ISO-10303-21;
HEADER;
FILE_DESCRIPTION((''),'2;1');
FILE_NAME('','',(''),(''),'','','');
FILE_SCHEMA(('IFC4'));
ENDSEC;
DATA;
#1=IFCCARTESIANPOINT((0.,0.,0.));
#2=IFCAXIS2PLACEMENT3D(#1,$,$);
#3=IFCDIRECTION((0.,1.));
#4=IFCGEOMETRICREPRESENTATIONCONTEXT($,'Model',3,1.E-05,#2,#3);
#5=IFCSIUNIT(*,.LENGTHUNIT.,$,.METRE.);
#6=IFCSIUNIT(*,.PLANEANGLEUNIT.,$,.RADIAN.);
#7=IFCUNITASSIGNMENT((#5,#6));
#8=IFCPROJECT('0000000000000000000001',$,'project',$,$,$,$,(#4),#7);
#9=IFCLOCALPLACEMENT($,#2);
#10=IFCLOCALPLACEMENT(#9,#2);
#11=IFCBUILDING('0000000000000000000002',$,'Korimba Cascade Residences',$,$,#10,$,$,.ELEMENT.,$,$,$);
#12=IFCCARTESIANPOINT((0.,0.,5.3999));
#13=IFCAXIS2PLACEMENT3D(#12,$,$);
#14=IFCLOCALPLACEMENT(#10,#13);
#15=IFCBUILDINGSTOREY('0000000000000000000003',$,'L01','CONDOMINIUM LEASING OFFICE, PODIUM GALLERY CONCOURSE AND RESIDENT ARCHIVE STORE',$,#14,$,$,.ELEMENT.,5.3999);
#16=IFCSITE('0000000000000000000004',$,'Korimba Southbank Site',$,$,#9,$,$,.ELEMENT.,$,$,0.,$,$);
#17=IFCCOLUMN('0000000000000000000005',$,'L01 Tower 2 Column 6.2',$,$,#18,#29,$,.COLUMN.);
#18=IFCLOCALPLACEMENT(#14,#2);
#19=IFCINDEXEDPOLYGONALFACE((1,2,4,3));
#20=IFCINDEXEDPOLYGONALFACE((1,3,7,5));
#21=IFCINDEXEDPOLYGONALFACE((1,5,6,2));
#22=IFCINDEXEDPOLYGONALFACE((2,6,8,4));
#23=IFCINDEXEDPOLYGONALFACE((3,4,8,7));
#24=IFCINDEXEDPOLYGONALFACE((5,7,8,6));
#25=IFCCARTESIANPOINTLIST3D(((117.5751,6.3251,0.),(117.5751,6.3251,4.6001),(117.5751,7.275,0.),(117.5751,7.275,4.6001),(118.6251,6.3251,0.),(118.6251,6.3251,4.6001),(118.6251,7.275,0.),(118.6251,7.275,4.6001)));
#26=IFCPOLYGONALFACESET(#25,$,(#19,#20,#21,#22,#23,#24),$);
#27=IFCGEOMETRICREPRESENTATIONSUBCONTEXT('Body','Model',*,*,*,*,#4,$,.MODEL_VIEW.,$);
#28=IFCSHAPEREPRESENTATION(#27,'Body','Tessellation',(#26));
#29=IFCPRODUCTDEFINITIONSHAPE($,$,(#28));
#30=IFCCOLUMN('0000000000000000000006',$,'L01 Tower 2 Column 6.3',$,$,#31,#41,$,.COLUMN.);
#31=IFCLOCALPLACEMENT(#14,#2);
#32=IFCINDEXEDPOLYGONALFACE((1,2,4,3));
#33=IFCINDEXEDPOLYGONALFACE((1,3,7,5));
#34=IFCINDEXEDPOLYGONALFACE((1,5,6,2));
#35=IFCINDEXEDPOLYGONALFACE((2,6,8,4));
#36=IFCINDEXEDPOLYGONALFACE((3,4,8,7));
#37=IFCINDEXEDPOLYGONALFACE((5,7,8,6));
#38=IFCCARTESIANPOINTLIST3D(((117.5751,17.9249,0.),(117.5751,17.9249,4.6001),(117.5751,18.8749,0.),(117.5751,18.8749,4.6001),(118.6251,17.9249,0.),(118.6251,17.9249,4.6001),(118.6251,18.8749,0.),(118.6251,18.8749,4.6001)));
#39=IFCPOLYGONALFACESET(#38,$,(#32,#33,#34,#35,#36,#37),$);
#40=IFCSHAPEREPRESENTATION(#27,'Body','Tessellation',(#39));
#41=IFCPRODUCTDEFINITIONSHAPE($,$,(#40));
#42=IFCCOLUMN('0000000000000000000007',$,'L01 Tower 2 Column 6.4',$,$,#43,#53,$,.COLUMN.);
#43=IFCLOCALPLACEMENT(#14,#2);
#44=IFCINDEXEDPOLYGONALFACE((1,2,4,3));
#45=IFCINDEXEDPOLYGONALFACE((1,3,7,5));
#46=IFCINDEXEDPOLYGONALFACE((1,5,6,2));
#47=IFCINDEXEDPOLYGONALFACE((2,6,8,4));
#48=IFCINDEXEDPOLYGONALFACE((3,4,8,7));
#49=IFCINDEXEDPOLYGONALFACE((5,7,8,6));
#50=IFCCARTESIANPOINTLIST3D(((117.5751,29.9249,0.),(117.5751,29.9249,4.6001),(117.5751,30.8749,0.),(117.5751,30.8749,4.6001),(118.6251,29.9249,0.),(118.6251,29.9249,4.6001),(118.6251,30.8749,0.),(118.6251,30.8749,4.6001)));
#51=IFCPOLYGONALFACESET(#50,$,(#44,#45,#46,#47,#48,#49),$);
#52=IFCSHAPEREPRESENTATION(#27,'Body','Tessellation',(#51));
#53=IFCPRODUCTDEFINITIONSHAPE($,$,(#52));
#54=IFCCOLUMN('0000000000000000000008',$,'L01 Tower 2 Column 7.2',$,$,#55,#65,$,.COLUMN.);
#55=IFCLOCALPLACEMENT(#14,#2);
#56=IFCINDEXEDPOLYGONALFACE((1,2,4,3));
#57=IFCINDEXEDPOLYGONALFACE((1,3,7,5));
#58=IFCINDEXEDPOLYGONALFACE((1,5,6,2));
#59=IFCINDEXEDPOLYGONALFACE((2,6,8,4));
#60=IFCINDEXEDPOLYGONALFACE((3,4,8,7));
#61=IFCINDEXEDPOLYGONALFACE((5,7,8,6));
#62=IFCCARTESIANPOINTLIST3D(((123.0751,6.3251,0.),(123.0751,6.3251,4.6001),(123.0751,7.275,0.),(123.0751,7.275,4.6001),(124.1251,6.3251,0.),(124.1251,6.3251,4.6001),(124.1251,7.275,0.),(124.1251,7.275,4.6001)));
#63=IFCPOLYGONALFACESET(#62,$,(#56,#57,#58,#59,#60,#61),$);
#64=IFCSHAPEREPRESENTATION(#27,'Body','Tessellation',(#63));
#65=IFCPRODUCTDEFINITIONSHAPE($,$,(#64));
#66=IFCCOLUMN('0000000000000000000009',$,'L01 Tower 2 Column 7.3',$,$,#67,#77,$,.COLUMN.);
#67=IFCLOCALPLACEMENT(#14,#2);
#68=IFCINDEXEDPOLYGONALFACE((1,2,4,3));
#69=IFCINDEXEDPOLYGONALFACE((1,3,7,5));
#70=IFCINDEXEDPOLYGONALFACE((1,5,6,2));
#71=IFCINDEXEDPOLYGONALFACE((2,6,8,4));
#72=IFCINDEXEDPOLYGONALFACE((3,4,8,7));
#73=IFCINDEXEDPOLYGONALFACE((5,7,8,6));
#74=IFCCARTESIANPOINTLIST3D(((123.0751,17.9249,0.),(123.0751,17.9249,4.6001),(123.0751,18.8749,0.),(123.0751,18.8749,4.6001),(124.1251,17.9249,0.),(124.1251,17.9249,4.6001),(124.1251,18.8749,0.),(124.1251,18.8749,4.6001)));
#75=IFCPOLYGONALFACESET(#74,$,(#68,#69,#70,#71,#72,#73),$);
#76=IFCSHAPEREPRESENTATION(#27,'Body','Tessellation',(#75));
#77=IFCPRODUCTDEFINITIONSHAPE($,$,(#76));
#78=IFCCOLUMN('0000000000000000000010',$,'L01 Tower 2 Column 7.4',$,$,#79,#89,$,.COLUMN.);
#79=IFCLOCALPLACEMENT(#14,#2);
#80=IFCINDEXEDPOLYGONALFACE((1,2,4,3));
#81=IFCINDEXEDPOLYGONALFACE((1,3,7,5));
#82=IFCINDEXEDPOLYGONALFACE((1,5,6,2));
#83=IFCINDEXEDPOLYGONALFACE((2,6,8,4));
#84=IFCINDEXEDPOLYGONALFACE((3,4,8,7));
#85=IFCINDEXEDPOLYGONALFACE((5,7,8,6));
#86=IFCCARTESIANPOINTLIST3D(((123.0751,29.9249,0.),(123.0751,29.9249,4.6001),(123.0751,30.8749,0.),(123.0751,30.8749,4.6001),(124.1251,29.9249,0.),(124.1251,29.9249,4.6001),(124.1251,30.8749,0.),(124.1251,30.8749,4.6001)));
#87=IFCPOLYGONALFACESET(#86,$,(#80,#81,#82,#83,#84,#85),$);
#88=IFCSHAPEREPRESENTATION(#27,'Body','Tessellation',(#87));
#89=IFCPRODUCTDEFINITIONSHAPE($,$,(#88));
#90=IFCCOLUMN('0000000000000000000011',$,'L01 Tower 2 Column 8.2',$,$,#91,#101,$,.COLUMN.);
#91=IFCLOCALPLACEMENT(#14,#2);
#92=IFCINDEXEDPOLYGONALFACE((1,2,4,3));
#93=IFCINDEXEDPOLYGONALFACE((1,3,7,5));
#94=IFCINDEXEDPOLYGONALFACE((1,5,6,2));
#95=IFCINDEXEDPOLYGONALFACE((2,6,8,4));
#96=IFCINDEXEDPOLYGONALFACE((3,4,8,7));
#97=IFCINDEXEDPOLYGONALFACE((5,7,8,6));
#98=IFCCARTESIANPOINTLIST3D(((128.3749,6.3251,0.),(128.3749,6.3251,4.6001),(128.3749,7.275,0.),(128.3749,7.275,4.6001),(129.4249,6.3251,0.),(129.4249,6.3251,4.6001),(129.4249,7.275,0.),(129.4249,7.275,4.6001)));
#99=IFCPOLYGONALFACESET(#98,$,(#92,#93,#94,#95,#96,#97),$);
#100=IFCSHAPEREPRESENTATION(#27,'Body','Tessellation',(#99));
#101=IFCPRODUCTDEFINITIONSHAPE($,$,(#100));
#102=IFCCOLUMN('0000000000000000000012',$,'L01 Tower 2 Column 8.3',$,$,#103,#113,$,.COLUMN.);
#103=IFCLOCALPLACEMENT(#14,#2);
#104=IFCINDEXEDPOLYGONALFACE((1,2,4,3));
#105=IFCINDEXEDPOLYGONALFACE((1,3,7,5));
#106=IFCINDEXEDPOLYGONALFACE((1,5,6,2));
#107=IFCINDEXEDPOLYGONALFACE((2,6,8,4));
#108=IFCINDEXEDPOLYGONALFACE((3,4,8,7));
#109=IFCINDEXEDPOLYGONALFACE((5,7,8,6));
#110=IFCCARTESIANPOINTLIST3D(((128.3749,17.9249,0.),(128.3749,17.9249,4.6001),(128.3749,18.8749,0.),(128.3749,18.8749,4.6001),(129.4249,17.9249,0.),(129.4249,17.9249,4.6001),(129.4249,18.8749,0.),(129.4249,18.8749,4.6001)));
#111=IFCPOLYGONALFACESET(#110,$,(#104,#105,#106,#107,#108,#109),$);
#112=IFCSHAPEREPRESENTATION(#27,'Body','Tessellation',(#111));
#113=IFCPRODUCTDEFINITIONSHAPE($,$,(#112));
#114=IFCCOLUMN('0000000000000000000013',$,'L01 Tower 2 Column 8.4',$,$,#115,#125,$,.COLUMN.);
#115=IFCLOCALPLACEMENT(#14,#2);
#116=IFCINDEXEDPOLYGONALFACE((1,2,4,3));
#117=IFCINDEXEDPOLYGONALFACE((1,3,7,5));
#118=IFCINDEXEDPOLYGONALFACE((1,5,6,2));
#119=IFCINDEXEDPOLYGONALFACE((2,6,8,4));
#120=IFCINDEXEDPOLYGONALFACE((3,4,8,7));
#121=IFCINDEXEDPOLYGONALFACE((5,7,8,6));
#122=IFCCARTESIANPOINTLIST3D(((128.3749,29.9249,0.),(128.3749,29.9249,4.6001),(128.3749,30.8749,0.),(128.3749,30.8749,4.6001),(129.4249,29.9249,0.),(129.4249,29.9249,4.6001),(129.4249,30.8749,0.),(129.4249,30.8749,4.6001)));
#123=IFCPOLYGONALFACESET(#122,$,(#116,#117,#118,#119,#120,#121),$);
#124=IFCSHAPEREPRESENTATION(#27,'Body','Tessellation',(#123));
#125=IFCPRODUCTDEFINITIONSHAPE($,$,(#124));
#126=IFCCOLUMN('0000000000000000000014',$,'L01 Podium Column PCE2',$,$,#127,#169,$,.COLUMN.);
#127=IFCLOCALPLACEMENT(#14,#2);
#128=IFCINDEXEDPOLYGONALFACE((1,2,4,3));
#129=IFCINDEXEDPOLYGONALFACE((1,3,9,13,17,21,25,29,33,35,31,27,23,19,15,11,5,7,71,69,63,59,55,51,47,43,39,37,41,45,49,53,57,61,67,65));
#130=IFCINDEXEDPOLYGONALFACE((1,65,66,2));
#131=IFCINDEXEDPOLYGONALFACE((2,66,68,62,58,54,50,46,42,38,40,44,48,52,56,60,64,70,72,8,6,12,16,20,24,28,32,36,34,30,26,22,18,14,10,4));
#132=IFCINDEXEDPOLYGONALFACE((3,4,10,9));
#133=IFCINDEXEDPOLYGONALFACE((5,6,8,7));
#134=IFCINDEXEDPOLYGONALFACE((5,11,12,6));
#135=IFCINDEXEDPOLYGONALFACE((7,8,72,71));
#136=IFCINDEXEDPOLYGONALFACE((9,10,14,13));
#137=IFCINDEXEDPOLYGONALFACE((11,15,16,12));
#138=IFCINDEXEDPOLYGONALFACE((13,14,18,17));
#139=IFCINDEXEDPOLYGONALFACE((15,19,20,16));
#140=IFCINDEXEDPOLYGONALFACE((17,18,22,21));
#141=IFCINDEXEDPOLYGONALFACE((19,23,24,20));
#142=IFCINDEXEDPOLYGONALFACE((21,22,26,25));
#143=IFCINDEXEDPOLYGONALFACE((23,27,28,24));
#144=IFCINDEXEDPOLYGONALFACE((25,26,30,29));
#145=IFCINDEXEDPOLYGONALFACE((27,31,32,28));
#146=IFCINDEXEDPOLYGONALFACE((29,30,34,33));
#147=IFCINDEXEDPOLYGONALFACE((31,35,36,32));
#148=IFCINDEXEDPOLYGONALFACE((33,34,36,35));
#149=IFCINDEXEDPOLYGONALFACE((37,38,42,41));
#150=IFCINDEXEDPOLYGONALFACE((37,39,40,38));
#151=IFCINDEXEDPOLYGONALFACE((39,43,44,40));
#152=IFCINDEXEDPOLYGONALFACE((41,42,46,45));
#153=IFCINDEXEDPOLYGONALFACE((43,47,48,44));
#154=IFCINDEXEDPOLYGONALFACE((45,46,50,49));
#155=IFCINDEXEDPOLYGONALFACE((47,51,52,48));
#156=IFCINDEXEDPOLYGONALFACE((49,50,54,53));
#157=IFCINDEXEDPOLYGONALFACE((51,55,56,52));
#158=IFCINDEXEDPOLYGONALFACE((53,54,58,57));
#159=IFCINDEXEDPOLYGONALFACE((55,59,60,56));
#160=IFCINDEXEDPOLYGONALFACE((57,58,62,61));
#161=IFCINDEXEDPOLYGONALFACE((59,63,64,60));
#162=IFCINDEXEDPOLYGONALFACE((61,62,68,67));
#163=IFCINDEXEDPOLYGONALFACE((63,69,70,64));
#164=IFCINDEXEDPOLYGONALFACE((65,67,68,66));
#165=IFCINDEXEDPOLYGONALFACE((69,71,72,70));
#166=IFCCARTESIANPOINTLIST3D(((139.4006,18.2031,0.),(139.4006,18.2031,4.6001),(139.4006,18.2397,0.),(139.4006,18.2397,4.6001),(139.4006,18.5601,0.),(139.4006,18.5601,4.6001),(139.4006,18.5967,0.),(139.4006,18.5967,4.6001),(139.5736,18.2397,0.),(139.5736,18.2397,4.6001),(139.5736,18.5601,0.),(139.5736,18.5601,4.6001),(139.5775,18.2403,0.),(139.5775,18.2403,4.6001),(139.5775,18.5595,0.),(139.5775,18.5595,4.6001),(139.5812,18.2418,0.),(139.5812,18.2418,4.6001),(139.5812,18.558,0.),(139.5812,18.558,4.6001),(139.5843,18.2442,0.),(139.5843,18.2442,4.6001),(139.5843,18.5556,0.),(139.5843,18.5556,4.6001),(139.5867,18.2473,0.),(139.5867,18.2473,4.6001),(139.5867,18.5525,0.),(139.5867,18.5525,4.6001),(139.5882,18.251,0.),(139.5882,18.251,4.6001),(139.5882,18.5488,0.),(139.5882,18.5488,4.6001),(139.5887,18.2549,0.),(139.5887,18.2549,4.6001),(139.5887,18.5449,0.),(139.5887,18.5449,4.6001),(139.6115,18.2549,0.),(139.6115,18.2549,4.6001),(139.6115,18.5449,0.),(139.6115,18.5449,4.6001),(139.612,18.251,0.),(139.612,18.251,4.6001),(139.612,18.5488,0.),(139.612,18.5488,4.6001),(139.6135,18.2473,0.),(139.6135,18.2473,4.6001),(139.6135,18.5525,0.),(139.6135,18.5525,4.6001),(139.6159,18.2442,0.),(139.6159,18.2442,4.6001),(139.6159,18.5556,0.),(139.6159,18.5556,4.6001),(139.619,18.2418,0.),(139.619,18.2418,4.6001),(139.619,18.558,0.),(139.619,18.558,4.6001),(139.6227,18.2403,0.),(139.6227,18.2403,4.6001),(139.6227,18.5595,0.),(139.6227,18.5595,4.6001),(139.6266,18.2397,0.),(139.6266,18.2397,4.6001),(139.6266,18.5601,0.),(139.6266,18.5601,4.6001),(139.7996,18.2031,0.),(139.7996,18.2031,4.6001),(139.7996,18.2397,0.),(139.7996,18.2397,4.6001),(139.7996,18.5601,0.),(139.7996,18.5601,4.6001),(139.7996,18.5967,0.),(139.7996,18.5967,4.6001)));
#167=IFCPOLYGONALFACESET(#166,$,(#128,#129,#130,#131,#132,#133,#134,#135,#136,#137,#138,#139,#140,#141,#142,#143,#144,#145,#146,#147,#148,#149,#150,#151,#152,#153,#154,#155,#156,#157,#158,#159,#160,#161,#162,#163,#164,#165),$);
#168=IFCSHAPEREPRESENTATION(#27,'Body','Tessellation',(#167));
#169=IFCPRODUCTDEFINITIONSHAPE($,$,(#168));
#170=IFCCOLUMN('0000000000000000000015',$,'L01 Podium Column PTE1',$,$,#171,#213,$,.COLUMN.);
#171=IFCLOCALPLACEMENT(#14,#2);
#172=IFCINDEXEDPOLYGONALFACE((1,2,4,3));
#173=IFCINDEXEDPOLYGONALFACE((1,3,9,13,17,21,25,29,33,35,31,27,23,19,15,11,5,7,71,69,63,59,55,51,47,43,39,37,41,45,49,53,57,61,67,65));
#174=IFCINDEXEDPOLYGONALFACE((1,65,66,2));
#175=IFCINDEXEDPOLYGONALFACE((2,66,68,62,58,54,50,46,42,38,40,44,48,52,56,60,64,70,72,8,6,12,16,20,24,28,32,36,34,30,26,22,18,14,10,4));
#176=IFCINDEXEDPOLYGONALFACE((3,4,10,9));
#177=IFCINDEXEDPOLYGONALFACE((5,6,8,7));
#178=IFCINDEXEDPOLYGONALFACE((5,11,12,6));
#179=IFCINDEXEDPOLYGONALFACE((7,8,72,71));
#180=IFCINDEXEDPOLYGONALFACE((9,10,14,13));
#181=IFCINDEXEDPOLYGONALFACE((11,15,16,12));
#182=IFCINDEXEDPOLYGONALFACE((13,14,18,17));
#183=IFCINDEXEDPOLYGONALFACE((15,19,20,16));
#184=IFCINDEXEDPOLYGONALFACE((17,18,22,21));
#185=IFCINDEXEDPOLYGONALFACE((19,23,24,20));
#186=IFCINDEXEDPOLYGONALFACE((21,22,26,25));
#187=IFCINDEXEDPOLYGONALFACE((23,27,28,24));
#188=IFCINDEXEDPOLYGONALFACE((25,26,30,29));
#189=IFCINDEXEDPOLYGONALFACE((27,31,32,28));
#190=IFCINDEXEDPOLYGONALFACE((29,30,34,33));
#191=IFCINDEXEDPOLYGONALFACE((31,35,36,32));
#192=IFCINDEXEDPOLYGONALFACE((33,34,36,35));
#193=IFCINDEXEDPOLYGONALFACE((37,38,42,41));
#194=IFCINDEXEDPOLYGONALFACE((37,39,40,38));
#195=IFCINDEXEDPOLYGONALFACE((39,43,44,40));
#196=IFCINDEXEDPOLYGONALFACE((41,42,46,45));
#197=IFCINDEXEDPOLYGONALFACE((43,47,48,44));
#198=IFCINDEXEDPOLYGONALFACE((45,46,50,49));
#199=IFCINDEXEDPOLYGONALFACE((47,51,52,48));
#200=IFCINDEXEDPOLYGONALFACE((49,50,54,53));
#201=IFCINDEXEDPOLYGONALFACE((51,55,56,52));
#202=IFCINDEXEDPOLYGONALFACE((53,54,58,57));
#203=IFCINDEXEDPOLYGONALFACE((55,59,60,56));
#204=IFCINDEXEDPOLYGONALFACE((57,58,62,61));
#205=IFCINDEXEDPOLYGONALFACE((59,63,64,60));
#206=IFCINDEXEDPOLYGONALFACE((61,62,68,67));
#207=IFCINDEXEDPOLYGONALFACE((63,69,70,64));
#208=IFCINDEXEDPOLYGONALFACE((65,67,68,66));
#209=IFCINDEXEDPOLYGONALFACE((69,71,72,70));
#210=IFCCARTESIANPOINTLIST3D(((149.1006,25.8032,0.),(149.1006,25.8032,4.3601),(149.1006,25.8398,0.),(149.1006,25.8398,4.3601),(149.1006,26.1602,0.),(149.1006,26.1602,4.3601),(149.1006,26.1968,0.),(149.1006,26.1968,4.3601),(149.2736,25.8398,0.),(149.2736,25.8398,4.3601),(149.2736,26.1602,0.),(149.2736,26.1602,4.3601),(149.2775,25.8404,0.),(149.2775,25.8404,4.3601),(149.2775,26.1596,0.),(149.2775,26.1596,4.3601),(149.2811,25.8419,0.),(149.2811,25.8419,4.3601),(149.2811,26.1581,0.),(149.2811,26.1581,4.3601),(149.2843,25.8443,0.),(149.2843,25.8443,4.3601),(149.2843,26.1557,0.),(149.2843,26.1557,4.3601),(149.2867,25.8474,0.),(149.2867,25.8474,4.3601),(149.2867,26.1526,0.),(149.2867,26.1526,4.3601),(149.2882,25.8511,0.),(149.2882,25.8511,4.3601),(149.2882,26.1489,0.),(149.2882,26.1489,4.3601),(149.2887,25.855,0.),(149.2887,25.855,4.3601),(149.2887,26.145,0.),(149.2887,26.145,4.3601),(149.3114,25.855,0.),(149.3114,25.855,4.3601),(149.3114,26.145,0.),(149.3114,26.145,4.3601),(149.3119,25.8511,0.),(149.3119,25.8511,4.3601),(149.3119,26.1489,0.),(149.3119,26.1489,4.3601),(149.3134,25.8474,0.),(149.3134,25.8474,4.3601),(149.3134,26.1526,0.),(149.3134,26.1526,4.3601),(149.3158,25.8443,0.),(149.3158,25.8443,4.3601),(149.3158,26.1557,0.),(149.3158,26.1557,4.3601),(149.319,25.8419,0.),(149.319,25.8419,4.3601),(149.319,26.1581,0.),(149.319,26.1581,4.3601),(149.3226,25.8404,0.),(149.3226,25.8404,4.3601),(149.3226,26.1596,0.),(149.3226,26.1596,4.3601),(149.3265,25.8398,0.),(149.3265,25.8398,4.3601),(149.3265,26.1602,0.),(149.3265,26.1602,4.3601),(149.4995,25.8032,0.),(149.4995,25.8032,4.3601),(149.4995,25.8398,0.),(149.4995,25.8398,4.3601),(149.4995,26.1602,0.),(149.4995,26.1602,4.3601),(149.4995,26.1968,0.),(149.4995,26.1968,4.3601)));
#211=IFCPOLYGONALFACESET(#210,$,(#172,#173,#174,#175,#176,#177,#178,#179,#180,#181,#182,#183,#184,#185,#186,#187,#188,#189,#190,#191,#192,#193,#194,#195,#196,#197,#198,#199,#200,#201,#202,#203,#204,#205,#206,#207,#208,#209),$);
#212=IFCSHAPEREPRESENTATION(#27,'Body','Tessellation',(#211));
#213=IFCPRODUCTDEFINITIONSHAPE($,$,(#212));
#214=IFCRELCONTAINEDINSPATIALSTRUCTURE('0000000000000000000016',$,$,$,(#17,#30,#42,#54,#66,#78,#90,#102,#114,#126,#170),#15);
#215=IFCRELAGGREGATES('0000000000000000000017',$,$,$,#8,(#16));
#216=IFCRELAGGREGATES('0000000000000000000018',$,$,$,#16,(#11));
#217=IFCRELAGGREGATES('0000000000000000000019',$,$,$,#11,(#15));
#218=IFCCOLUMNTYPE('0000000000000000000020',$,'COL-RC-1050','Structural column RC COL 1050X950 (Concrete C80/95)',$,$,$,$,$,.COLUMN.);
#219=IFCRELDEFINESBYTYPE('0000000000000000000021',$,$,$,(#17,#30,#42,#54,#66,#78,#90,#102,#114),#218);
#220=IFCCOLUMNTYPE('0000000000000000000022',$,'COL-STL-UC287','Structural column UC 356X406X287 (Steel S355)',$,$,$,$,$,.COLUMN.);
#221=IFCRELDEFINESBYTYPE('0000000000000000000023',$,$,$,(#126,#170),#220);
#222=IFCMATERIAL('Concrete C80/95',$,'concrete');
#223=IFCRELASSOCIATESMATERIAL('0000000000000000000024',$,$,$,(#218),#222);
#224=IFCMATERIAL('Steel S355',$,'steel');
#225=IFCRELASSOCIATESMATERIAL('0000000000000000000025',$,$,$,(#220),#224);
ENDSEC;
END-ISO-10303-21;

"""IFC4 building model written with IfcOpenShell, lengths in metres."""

from ifc_helpers import new_model, si_unit, direction, frame, origin, origin_2d, place, context, subcontext, project, spatial, rectangle, i_section, extrude, material, material_profile, profile_set, type_object, element, save


model = new_model("IFC4")

# Units and contexts
model_context = context("Model", 3, precision=1e-05, world=origin(), true_north=direction((0.0, 1.0)))
body_context = subcontext(model_context, "Body", "Model", "MODEL_VIEW")
ifc_project = project(units=[si_unit("LENGTHUNIT", "METRE"), si_unit("PLANEANGLEUNIT", "RADIAN")], contexts=[model_context])

# Site, building, storey
site_placement = place(None, origin())
site = spatial("IfcSite", under=ifc_project, at=site_placement, Name="Korimba Southbank Site", CompositionType="ELEMENT", RefElevation=0.0)
building_placement = place(site_placement, origin())
building = spatial("IfcBuilding", under=site, at=building_placement, Name="Korimba Cascade Residences", CompositionType="ELEMENT")
storey_placement = place(building_placement, frame((0.0, 0.0, 5.3999)))
storey = spatial("IfcBuildingStorey", under=building, at=storey_placement, Name="L01", Description="CONDOMINIUM LEASING OFFICE, PODIUM GALLERY CONCOURSE AND RESIDENT ARCHIVE STORE", CompositionType="ELEMENT", Elevation=5.3999)

# Columns
ifc_material_1 = material(Name="Concrete C80/95", Category="concrete")
ifc_material_profile_1 = material_profile(ifc_material_1, rectangle(XDim=1.05, YDim=0.95, at=origin_2d()), Name="Concrete C80/95")
ifc_profile_set_1 = profile_set([ifc_material_profile_1], Name="Concrete C80/95")
column_type_1 = type_object("IfcColumnType", Name="COL-RC-1050", Description="Structural column RC COL 1050X950 (Concrete C80/95)", PredefinedType="COLUMN", material=ifc_profile_set_1)
for number, where, z_axis, x_axis, name in (
    (1, (118.1001, 6.8, 0.0), (0.0, 0.0, 1.0), (1.0, 0.0, 0.0), "L01 Tower 2 Column 6.2"),
    (2, (118.1001, 18.3999, 0.0), (0.0, 0.0, 1.0), (1.0, 0.0, 0.0), "L01 Tower 2 Column 6.3"),
    (3, (118.1001, 30.3999, 0.0), (0.0, 0.0, 1.0), (1.0, 0.0, 0.0), "L01 Tower 2 Column 6.4"),
    (4, (123.6001, 6.8, 0.0), (0.0, 0.0, 1.0), (1.0, 0.0, 0.0), "L01 Tower 2 Column 7.2"),
    (5, (123.6001, 18.3999, 0.0), (0.0, 0.0, 1.0), (1.0, 0.0, 0.0), "L01 Tower 2 Column 7.3"),
    (6, (123.6001, 30.3999, 0.0), (0.0, 0.0, 1.0), (1.0, 0.0, 0.0), "L01 Tower 2 Column 7.4"),
    (7, (128.8999, 6.8, 0.0), (0.0, 0.0, 1.0), (1.0, 0.0, 0.0), "L01 Tower 2 Column 8.2"),
    (8, (128.8999, 18.3999, 0.0), (0.0, 0.0, 1.0), (1.0, 0.0, 0.0), "L01 Tower 2 Column 8.3"),
    (9, (128.8999, 30.3999, 0.0), (0.0, 0.0, 1.0), (1.0, 0.0, 0.0), "L01 Tower 2 Column 8.4"),
):
    element("IfcColumn", number, at=place(storey_placement, frame(where, z_axis=z_axis, x_axis=x_axis)), inside=storey, type_object=column_type_1, Name=name, PredefinedType="COLUMN", context=body_context, shape_type="SweptSolid", body=[
        extrude(rectangle(XDim=1.05, YDim=0.95, at=origin_2d()), origin(), (0.0, 0.0, 1.0), 4.6001),
    ])
ifc_material_2 = material(Name="Steel S355", Category="steel")
ifc_material_profile_2 = material_profile(ifc_material_2, i_section(OverallWidth=0.3989, OverallDepth=0.3936, WebThickness=0.0227, FlangeThickness=0.0366, FilletRadius=0.0151, at=origin_2d()), Name="Steel S355")
ifc_profile_set_2 = profile_set([ifc_material_profile_2], Name="Steel S355")
column_type_2 = type_object("IfcColumnType", Name="COL-STL-UC287", Description="Structural column UC 356X406X287 (Steel S355)", PredefinedType="COLUMN", material=ifc_profile_set_2)
column_placement = place(storey_placement, frame((139.6001, 18.3999, 0.0), z_axis=(0.0, 0.0, 1.0), x_axis=(1.0, 0.0, 0.0)))
element("IfcColumn", 10, at=column_placement, inside=storey, type_object=column_type_2, Name="L01 Podium Column PCE2", PredefinedType="COLUMN", context=body_context, shape_type="SweptSolid", body=[
    extrude(i_section(OverallWidth=0.3989, OverallDepth=0.3936, WebThickness=0.0227, FlangeThickness=0.0366, FilletRadius=0.0151, at=origin_2d()), origin(), (0.0, 0.0, 1.0), 4.6001),
])
for number, where, z_axis, x_axis, name in (
    (11, (149.3, 26.0, 0.0), (0.0, 0.0, 1.0), (1.0, 0.0, 0.0), "L01 Podium Column PTE1"),
):
    element("IfcColumn", number, at=place(storey_placement, frame(where, z_axis=z_axis, x_axis=x_axis)), inside=storey, type_object=column_type_2, Name=name, PredefinedType="COLUMN", context=body_context, shape_type="SweptSolid", body=[
        extrude(i_section(OverallWidth=0.3989, OverallDepth=0.3936, WebThickness=0.0227, FlangeThickness=0.0366, FilletRadius=0.0151, at=origin_2d()), origin(), (0.0, 0.0, 1.0), 4.3601),
    ])

save(model, "model.ifc")
